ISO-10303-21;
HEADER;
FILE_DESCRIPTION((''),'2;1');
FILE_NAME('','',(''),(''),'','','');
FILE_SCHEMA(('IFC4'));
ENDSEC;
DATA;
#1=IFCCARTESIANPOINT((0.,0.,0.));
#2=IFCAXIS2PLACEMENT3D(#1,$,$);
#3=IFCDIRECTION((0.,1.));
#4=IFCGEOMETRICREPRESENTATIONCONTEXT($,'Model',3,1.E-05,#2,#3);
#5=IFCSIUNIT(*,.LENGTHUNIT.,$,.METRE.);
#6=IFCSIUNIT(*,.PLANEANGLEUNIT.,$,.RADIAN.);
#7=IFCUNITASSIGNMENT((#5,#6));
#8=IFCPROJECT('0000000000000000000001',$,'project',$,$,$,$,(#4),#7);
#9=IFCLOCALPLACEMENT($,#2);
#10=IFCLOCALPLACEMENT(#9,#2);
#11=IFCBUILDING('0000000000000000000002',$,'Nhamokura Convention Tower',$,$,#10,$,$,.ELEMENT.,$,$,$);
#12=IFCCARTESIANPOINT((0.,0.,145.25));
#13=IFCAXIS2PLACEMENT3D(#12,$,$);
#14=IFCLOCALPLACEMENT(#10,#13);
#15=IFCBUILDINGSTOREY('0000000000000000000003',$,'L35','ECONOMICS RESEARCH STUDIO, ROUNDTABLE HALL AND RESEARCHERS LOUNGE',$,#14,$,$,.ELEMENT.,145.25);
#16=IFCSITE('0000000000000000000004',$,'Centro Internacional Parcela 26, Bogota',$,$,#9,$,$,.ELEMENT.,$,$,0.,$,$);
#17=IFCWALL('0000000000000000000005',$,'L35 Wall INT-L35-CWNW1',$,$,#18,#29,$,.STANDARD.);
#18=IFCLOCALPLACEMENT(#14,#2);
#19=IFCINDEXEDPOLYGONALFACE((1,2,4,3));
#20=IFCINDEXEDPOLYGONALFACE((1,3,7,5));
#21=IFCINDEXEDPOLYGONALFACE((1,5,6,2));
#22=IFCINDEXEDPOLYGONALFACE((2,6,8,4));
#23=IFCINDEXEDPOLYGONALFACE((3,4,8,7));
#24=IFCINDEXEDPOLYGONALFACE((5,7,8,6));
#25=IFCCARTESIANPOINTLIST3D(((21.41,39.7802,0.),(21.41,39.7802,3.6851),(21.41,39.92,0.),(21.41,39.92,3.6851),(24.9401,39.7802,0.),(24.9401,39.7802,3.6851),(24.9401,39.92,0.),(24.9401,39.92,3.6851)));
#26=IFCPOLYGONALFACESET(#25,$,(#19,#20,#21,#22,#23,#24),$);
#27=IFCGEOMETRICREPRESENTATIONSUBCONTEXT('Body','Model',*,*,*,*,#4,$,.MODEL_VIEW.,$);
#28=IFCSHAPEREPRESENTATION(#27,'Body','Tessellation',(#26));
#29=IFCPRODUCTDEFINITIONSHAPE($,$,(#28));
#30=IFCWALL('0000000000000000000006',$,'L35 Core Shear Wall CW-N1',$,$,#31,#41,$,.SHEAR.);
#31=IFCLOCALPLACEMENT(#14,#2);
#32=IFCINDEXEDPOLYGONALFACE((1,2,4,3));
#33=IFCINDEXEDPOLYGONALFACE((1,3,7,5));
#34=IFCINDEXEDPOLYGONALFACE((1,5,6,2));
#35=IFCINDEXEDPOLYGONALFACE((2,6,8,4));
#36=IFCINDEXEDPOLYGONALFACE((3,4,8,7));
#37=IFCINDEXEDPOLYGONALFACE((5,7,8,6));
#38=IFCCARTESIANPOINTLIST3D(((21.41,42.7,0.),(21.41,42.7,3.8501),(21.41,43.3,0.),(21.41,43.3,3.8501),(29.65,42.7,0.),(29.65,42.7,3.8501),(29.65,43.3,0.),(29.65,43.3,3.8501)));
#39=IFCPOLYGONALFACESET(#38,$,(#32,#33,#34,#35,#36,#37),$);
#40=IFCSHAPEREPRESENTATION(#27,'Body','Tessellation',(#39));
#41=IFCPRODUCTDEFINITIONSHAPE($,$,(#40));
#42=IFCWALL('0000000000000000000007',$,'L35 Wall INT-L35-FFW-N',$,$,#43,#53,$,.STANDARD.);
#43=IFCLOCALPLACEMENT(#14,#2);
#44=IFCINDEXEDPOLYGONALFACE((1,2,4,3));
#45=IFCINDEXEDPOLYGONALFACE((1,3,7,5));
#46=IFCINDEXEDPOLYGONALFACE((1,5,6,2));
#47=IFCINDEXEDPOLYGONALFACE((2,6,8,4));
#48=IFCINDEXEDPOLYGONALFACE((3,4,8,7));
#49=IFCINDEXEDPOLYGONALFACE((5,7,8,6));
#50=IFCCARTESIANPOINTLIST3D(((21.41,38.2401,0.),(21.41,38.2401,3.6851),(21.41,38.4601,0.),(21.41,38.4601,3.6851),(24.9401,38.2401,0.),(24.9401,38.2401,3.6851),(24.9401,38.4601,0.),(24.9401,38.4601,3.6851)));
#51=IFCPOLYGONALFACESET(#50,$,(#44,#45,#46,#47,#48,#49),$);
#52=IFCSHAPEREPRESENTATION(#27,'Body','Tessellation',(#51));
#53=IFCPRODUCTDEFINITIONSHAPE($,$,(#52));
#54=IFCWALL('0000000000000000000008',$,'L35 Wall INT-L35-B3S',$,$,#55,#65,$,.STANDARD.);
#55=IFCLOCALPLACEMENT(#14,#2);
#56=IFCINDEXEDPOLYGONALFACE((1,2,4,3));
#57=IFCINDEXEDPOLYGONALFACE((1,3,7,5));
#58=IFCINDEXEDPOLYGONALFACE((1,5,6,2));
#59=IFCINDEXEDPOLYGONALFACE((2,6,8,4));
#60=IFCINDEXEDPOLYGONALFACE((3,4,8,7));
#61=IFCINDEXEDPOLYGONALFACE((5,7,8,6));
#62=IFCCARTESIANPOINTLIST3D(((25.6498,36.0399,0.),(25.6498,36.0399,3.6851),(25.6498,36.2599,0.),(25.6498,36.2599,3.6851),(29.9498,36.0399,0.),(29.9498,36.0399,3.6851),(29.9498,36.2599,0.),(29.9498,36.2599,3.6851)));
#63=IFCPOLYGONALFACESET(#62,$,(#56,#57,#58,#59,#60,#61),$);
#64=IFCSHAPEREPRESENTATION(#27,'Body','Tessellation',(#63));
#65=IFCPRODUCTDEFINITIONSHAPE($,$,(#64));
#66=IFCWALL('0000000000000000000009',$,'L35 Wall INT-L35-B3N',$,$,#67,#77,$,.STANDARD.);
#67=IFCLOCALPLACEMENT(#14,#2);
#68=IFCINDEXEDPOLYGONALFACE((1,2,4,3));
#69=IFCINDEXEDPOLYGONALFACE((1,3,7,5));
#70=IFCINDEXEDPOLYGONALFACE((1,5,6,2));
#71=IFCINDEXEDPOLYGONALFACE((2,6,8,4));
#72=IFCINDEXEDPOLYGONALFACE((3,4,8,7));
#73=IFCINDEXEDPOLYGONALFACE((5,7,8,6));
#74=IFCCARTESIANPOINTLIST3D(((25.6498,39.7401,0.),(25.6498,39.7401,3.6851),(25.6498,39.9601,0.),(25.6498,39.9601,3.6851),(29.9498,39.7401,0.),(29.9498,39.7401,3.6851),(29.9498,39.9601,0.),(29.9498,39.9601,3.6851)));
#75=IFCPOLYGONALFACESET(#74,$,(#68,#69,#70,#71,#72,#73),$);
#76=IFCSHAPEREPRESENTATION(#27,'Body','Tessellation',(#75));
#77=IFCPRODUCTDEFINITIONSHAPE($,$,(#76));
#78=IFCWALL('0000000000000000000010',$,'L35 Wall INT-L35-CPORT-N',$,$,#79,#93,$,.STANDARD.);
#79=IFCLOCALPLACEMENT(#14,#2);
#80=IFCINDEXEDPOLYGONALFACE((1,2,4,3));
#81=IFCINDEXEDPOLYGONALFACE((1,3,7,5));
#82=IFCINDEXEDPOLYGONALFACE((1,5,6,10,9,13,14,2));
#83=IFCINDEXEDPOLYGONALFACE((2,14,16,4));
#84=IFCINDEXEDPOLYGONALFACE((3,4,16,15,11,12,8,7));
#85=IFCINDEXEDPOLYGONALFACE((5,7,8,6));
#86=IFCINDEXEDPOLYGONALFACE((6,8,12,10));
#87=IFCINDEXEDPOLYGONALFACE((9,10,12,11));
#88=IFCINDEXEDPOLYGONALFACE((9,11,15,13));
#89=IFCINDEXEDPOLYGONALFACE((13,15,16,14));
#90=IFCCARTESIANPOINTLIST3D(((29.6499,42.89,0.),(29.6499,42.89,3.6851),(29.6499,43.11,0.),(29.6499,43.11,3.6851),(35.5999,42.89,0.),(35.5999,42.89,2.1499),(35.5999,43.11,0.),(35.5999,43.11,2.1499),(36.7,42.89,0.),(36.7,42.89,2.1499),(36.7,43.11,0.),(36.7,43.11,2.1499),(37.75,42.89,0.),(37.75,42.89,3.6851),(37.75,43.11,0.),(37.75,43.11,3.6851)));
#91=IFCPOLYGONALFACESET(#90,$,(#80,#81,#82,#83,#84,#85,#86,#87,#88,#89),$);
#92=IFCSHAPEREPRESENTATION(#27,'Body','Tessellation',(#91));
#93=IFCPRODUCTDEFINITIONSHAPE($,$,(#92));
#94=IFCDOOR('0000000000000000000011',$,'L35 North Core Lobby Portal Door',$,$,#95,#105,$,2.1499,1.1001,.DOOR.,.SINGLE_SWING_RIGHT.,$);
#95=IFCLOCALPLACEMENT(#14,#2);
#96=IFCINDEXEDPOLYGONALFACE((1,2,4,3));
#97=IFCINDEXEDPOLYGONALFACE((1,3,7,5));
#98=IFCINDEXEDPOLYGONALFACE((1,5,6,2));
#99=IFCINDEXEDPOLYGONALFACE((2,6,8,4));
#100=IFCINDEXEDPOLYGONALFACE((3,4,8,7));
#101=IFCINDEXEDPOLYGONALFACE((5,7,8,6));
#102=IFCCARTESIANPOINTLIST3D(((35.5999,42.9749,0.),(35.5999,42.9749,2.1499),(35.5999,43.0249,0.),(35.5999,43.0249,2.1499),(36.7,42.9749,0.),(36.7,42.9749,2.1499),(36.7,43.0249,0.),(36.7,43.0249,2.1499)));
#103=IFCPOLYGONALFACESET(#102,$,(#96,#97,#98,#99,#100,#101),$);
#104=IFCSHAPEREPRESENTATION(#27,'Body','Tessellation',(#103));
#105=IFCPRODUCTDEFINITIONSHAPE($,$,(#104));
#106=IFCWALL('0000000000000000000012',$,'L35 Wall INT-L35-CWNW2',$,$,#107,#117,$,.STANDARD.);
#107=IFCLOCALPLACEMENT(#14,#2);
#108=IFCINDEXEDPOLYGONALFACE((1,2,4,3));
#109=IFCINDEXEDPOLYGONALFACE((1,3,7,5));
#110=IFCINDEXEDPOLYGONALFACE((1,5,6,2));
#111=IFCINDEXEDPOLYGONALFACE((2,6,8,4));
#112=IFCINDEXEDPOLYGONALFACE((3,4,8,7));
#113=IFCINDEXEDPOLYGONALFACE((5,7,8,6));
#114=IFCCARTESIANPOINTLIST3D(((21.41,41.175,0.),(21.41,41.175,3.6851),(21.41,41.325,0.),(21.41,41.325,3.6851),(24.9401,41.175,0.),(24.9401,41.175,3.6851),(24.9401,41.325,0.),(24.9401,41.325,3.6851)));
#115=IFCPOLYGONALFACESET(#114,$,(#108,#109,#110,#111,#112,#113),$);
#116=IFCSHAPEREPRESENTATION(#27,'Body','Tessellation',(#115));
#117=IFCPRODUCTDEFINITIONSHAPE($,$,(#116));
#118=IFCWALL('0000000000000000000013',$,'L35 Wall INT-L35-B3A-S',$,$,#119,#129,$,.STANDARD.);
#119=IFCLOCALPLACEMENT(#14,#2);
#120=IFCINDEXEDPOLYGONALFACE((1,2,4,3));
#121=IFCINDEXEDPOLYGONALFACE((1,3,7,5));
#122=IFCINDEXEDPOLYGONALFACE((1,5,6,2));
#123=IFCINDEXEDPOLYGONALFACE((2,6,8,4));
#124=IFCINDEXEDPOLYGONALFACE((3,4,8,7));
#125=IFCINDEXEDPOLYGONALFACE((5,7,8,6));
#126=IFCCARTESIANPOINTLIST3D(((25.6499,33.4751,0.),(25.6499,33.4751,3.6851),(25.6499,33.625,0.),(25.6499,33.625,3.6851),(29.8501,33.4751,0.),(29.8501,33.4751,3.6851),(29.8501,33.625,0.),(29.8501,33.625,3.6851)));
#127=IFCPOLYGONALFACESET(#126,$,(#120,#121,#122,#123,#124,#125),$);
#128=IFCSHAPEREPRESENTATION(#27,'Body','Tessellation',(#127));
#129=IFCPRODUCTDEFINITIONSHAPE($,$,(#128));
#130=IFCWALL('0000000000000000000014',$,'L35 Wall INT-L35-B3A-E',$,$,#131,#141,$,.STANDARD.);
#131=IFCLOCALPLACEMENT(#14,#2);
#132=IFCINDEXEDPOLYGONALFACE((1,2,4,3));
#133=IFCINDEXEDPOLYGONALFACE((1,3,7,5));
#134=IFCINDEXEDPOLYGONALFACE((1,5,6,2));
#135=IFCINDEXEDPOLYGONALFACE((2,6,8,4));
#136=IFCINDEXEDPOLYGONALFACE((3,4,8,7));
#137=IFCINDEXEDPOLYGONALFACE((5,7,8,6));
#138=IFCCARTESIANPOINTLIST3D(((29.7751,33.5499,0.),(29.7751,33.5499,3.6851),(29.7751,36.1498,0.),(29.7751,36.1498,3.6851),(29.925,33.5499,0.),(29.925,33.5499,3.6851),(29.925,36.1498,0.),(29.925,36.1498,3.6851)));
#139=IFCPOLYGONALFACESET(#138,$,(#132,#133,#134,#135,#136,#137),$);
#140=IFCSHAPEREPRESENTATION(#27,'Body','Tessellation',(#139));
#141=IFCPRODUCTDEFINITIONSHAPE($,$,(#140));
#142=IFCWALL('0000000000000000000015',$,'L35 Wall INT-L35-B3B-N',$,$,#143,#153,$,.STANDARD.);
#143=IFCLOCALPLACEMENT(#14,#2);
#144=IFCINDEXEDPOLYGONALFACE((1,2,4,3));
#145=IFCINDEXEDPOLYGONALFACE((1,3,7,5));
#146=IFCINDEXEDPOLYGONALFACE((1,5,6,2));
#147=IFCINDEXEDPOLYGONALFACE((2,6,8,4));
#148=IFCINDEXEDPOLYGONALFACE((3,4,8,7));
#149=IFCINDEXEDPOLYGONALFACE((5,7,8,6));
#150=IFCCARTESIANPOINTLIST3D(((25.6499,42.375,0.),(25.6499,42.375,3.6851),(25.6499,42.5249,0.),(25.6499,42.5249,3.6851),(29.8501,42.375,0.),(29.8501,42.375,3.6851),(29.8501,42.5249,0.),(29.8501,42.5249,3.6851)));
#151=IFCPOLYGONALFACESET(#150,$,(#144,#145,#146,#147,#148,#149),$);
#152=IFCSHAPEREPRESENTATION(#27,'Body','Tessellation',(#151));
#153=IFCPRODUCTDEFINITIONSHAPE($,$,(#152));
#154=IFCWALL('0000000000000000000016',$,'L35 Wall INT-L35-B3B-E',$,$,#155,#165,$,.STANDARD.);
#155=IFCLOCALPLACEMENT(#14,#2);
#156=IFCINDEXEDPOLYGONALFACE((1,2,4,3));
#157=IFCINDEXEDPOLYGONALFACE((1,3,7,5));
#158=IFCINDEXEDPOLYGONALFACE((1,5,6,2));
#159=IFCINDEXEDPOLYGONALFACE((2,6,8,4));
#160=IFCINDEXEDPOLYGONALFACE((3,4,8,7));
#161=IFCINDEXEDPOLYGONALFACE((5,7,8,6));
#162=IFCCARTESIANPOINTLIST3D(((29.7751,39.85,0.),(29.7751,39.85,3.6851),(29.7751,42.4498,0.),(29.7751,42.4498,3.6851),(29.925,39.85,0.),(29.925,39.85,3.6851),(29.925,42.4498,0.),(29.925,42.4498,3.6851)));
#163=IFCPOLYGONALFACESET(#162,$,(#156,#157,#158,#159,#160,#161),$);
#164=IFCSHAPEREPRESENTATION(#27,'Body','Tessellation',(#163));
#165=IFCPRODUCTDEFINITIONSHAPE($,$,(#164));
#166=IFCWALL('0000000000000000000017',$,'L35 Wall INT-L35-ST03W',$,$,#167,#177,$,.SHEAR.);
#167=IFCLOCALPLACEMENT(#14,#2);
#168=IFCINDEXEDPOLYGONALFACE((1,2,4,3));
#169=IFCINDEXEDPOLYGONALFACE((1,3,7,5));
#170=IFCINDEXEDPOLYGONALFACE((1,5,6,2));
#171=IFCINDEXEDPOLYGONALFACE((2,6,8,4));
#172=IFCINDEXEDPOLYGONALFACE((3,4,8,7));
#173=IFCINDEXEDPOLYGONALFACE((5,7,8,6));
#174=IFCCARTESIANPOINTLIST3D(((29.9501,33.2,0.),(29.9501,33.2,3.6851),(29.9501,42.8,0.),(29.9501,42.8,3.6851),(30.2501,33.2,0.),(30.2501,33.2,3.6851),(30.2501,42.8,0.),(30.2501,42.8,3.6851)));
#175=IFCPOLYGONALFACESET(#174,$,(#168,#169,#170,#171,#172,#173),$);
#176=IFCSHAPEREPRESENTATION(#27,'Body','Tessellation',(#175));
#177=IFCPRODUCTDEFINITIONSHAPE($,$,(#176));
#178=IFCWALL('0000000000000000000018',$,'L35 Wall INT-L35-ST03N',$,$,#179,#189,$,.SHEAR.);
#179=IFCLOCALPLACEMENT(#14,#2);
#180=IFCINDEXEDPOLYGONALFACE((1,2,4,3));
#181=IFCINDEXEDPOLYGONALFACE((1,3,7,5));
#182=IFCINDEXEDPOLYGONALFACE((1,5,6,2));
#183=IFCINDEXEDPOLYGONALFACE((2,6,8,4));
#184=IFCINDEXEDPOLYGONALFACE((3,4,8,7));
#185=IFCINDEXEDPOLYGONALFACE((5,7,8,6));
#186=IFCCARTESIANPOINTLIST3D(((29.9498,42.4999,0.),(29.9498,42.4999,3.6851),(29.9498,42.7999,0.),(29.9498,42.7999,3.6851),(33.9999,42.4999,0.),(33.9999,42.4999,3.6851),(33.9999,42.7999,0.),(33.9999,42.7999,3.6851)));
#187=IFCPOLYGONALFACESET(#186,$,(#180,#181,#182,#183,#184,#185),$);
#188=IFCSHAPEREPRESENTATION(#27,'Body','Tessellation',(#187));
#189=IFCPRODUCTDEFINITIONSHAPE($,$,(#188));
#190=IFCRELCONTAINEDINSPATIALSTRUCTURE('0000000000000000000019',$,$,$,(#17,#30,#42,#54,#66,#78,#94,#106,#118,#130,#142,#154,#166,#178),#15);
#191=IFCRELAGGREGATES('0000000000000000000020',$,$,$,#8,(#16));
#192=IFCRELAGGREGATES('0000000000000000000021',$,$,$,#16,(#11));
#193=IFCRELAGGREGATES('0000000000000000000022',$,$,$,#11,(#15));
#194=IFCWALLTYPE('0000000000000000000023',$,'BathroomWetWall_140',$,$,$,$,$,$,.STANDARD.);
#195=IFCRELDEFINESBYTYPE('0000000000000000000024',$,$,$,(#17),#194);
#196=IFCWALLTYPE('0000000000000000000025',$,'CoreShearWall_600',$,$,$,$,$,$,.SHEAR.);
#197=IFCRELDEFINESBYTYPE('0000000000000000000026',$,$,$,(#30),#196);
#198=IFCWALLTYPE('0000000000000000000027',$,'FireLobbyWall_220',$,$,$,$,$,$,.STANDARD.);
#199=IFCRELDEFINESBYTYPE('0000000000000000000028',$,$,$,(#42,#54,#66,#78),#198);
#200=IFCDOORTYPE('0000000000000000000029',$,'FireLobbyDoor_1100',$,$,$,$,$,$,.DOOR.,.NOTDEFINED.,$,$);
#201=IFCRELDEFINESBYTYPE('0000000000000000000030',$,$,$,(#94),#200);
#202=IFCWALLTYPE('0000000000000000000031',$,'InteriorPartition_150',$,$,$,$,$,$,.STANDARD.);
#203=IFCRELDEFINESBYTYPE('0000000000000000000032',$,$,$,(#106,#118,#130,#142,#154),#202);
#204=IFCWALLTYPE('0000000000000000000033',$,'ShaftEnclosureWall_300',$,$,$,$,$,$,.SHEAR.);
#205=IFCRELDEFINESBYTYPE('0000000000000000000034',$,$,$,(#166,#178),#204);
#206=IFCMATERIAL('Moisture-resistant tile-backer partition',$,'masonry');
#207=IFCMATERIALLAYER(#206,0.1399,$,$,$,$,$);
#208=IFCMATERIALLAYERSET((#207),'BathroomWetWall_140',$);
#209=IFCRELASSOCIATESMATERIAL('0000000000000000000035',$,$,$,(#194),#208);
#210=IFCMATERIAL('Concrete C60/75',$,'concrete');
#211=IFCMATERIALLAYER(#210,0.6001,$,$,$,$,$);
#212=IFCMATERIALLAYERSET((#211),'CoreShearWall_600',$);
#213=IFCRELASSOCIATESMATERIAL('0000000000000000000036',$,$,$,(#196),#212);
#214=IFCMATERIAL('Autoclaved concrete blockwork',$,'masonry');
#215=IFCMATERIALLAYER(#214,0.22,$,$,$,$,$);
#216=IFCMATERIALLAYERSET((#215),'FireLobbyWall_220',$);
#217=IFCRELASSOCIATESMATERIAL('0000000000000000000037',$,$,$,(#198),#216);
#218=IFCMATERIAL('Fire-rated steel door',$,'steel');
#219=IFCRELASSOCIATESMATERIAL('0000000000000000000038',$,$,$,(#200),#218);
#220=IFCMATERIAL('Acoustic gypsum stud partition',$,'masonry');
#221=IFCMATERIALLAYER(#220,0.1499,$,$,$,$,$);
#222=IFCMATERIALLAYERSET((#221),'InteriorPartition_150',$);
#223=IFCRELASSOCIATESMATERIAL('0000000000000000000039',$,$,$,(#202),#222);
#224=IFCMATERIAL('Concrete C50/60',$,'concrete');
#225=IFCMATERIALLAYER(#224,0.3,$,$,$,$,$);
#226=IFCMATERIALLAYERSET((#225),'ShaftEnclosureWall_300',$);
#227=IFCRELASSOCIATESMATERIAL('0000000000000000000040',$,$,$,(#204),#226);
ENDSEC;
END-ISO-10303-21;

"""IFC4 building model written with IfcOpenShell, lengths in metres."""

from ifc_helpers import new_model, si_unit, direction, frame, frame_2d, origin, place, context, subcontext, project, spatial, rectangle, extrude, material, layer, layer_set, type_object, element, fill, save


model = new_model("IFC4")

# Units and contexts
model_context = context("Model", 3, precision=1e-05, world=origin(), true_north=direction((0.0, 1.0)))
body_context = subcontext(model_context, "Body", "Model", "MODEL_VIEW")
ifc_project = project(units=[si_unit("LENGTHUNIT", "METRE"), si_unit("PLANEANGLEUNIT", "RADIAN")], contexts=[model_context])

# Site, building, storey
site_placement = place(None, origin())
site = spatial("IfcSite", under=ifc_project, at=site_placement, Name="Centro Internacional Parcela 26, Bogota", CompositionType="ELEMENT", RefElevation=0.0)
building_placement = place(site_placement, origin())
building = spatial("IfcBuilding", under=site, at=building_placement, Name="Nhamokura Convention Tower", CompositionType="ELEMENT")
storey_placement = place(building_placement, frame((0.0, 0.0, 145.25)))
storey = spatial("IfcBuildingStorey", under=building, at=storey_placement, Name="L35", Description="ECONOMICS RESEARCH STUDIO, ROUNDTABLE HALL AND RESEARCHERS LOUNGE", CompositionType="ELEMENT", Elevation=145.25)

# Walls
ifc_material_1 = material(Name="Moisture-resistant tile-backer partition", Category="masonry")
ifc_layer_1 = layer(ifc_material_1, 0.1399)
ifc_layer_set_1 = layer_set([ifc_layer_1], Name="BathroomWetWall_140")
wall_type_1 = type_object("IfcWallType", Name="BathroomWetWall_140", PredefinedType="STANDARD", material=ifc_layer_set_1)
wall_1_placement = place(storey_placement, frame((21.4099, 39.8501, 0.0), z_axis=(0.0, 0.0, 1.0), x_axis=(1.0, 0.0, 0.0)))
element("IfcWall", 1, at=wall_1_placement, inside=storey, type_object=wall_type_1, Name="L35 Wall INT-L35-CWNW1", PredefinedType="STANDARD", context=body_context, shape_type="SweptSolid", body=[
    extrude(rectangle(XDim=3.53, YDim=0.1399, at=frame_2d((1.7651, 0.0))), origin(), (0.0, 0.0, 1.0), 3.6851),
])
ifc_material_2 = material(Name="Concrete C60/75", Category="concrete")
ifc_layer_2 = layer(ifc_material_2, 0.6001)
ifc_layer_set_2 = layer_set([ifc_layer_2], Name="CoreShearWall_600")
wall_type_2 = type_object("IfcWallType", Name="CoreShearWall_600", PredefinedType="SHEAR", material=ifc_layer_set_2)
wall_2_placement = place(storey_placement, frame((21.4099, 43.0, 0.0), z_axis=(0.0, 0.0, 1.0), x_axis=(1.0, 0.0, 0.0)))
element("IfcWall", 2, at=wall_2_placement, inside=storey, type_object=wall_type_2, Name="L35 Core Shear Wall CW-N1", PredefinedType="SHEAR", context=body_context, shape_type="SweptSolid", body=[
    extrude(rectangle(XDim=8.24, YDim=0.6001, at=frame_2d((4.1201, 0.0))), origin(), (0.0, 0.0, 1.0), 3.8501),
])
ifc_material_3 = material(Name="Autoclaved concrete blockwork", Category="masonry")
ifc_layer_3 = layer(ifc_material_3, 0.22)
ifc_layer_set_3 = layer_set([ifc_layer_3], Name="FireLobbyWall_220")
wall_type_3 = type_object("IfcWallType", Name="FireLobbyWall_220", PredefinedType="STANDARD", material=ifc_layer_set_3)
wall_3_placement = place(storey_placement, frame((21.4099, 38.3501, 0.0), z_axis=(0.0, 0.0, 1.0), x_axis=(1.0, 0.0, 0.0)))
element("IfcWall", 3, at=wall_3_placement, inside=storey, type_object=wall_type_3, Name="L35 Wall INT-L35-FFW-N", PredefinedType="STANDARD", context=body_context, shape_type="SweptSolid", body=[
    extrude(rectangle(XDim=3.53, YDim=0.22, at=frame_2d((1.7651, 0.0))), origin(), (0.0, 0.0, 1.0), 3.6851),
])
for number, where, z_axis, x_axis, name in (
    (4, (25.6499, 36.1499, 0.0), (0.0, 0.0, 1.0), (1.0, 0.0, 0.0), "L35 Wall INT-L35-B3S"),
    (5, (25.6499, 39.8501, 0.0), (0.0, 0.0, 1.0), (1.0, 0.0, 0.0), "L35 Wall INT-L35-B3N"),
):
    element("IfcWall", number, at=place(storey_placement, frame(where, z_axis=z_axis, x_axis=x_axis)), inside=storey, type_object=wall_type_3, Name=name, PredefinedType="STANDARD", context=body_context, shape_type="SweptSolid", body=[
        extrude(rectangle(XDim=4.3, YDim=0.22, at=frame_2d((2.1499, 0.0))), origin(), (0.0, 0.0, 1.0), 3.6851),
    ])

# Wall, opening, door
wall_4_placement = place(storey_placement, frame((29.6499, 43.0, 0.0), z_axis=(0.0, 0.0, 1.0), x_axis=(1.0, 0.0, 0.0)))
wall_4 = element("IfcWall", 6, at=wall_4_placement, inside=storey, type_object=wall_type_3, Name="L35 Wall INT-L35-CPORT-N", PredefinedType="STANDARD", context=body_context, shape_type="SweptSolid", body=[
    extrude(rectangle(XDim=8.1001, YDim=0.22, at=frame_2d((4.05, 0.0))), origin(), (0.0, 0.0, 1.0), 3.6851),
])
opening_1_placement = place(wall_4_placement, frame((5.95, 0.0, 0.0)))
opening_1 = element("IfcOpeningElement", 7, at=opening_1_placement, cuts=wall_4, PredefinedType="OPENING", context=body_context, shape_type="SweptSolid", body=[
    extrude(rectangle(XDim=1.1001, YDim=2.1499, at=frame_2d((0.55, 1.075))), frame((0.0, 0.1199, 0.0), z_axis=(0.0, -1.0, 0.0), x_axis=(1.0, 0.0, 0.0)), (0.0, 0.0, 1.0), 0.24),
])
ifc_material_4 = material(Name="Fire-rated steel door", Category="steel")
door_type_1 = type_object("IfcDoorType", Name="FireLobbyDoor_1100", OperationType="NOTDEFINED", PredefinedType="DOOR", material=ifc_material_4)
door_1_placement = place(opening_1_placement, origin())
door_1 = element("IfcDoor", 8, at=door_1_placement, inside=storey, type_object=door_type_1, Name="L35 North Core Lobby Portal Door", OperationType="SINGLE_SWING_RIGHT", OverallHeight=2.1499, OverallWidth=1.1001, PredefinedType="DOOR", context=body_context, shape_type="SweptSolid", body=[
    extrude(rectangle(XDim=1.1001, YDim=2.1499, at=frame_2d((0.55, 1.075))), frame((0.0, 0.0249, 0.0), z_axis=(0.0, -1.0, 0.0), x_axis=(1.0, 0.0, 0.0)), (0.0, 0.0, 1.0), 0.05),
])
fill(opening_1, door_1)

# Walls
ifc_material_5 = material(Name="Acoustic gypsum stud partition", Category="masonry")
ifc_layer_4 = layer(ifc_material_5, 0.1499)
ifc_layer_set_4 = layer_set([ifc_layer_4], Name="InteriorPartition_150")
wall_type_4 = type_object("IfcWallType", Name="InteriorPartition_150", PredefinedType="STANDARD", material=ifc_layer_set_4)
wall_5_placement = place(storey_placement, frame((21.4099, 41.25, 0.0), z_axis=(0.0, 0.0, 1.0), x_axis=(1.0, 0.0, 0.0)))
element("IfcWall", 9, at=wall_5_placement, inside=storey, type_object=wall_type_4, Name="L35 Wall INT-L35-CWNW2", PredefinedType="STANDARD", context=body_context, shape_type="SweptSolid", body=[
    extrude(rectangle(XDim=3.53, YDim=0.1499, at=frame_2d((1.7651, 0.0))), origin(), (0.0, 0.0, 1.0), 3.6851),
])
wall_6_placement = place(storey_placement, frame((25.6499, 33.55, 0.0), z_axis=(0.0, 0.0, 1.0), x_axis=(1.0, 0.0, 0.0)))
element("IfcWall", 10, at=wall_6_placement, inside=storey, type_object=wall_type_4, Name="L35 Wall INT-L35-B3A-S", PredefinedType="STANDARD", context=body_context, shape_type="SweptSolid", body=[
    extrude(rectangle(XDim=4.2002, YDim=0.1499, at=frame_2d((2.1001, 0.0))), origin(), (0.0, 0.0, 1.0), 3.6851),
])
wall_7_placement = place(storey_placement, frame((29.8501, 33.55, 0.0), z_axis=(0.0, 0.0, 1.0), x_axis=(0.0, 1.0, 0.0)))
element("IfcWall", 11, at=wall_7_placement, inside=storey, type_object=wall_type_4, Name="L35 Wall INT-L35-B3A-E", PredefinedType="STANDARD", context=body_context, shape_type="SweptSolid", body=[
    extrude(rectangle(XDim=2.5999, YDim=0.1499, at=frame_2d((1.2998, 0.0))), origin(), (0.0, 0.0, 1.0), 3.6851),
])
wall_8_placement = place(storey_placement, frame((25.6499, 42.45, 0.0), z_axis=(0.0, 0.0, 1.0), x_axis=(1.0, 0.0, 0.0)))
element("IfcWall", 12, at=wall_8_placement, inside=storey, type_object=wall_type_4, Name="L35 Wall INT-L35-B3B-N", PredefinedType="STANDARD", context=body_context, shape_type="SweptSolid", body=[
    extrude(rectangle(XDim=4.2002, YDim=0.1499, at=frame_2d((2.1001, 0.0))), origin(), (0.0, 0.0, 1.0), 3.6851),
])
wall_9_placement = place(storey_placement, frame((29.8501, 39.8501, 0.0), z_axis=(0.0, 0.0, 1.0), x_axis=(0.0, 1.0, 0.0)))
element("IfcWall", 13, at=wall_9_placement, inside=storey, type_object=wall_type_4, Name="L35 Wall INT-L35-B3B-E", PredefinedType="STANDARD", context=body_context, shape_type="SweptSolid", body=[
    extrude(rectangle(XDim=2.5999, YDim=0.1499, at=frame_2d((1.2998, 0.0))), origin(), (0.0, 0.0, 1.0), 3.6851),
])
ifc_material_6 = material(Name="Concrete C50/60", Category="concrete")
ifc_layer_5 = layer(ifc_material_6, 0.3)
ifc_layer_set_5 = layer_set([ifc_layer_5], Name="ShaftEnclosureWall_300")
wall_type_5 = type_object("IfcWallType", Name="ShaftEnclosureWall_300", PredefinedType="SHEAR", material=ifc_layer_set_5)
wall_10_placement = place(storey_placement, frame((30.1001, 33.2, 0.0), z_axis=(0.0, 0.0, 1.0), x_axis=(0.0, 1.0, 0.0)))
element("IfcWall", 14, at=wall_10_placement, inside=storey, type_object=wall_type_5, Name="L35 Wall INT-L35-ST03W", PredefinedType="SHEAR", context=body_context, shape_type="SweptSolid", body=[
    extrude(rectangle(XDim=9.6001, YDim=0.3, at=frame_2d((4.8, 0.0))), origin(), (0.0, 0.0, 1.0), 3.6851),
])

# Wall
wall_11_placement = place(storey_placement, frame((29.95, 42.6499, 0.0), z_axis=(0.0, 0.0, 1.0), x_axis=(1.0, 0.0, 0.0)))
element("IfcWall", 15, at=wall_11_placement, inside=storey, type_object=wall_type_5, Name="L35 Wall INT-L35-ST03N", PredefinedType="SHEAR", context=body_context, shape_type="SweptSolid", body=[
    extrude(rectangle(XDim=4.05, YDim=0.3, at=frame_2d((2.0249, 0.0))), origin(), (0.0, 0.0, 1.0), 3.6851),
])

save(model, "model.ifc")
